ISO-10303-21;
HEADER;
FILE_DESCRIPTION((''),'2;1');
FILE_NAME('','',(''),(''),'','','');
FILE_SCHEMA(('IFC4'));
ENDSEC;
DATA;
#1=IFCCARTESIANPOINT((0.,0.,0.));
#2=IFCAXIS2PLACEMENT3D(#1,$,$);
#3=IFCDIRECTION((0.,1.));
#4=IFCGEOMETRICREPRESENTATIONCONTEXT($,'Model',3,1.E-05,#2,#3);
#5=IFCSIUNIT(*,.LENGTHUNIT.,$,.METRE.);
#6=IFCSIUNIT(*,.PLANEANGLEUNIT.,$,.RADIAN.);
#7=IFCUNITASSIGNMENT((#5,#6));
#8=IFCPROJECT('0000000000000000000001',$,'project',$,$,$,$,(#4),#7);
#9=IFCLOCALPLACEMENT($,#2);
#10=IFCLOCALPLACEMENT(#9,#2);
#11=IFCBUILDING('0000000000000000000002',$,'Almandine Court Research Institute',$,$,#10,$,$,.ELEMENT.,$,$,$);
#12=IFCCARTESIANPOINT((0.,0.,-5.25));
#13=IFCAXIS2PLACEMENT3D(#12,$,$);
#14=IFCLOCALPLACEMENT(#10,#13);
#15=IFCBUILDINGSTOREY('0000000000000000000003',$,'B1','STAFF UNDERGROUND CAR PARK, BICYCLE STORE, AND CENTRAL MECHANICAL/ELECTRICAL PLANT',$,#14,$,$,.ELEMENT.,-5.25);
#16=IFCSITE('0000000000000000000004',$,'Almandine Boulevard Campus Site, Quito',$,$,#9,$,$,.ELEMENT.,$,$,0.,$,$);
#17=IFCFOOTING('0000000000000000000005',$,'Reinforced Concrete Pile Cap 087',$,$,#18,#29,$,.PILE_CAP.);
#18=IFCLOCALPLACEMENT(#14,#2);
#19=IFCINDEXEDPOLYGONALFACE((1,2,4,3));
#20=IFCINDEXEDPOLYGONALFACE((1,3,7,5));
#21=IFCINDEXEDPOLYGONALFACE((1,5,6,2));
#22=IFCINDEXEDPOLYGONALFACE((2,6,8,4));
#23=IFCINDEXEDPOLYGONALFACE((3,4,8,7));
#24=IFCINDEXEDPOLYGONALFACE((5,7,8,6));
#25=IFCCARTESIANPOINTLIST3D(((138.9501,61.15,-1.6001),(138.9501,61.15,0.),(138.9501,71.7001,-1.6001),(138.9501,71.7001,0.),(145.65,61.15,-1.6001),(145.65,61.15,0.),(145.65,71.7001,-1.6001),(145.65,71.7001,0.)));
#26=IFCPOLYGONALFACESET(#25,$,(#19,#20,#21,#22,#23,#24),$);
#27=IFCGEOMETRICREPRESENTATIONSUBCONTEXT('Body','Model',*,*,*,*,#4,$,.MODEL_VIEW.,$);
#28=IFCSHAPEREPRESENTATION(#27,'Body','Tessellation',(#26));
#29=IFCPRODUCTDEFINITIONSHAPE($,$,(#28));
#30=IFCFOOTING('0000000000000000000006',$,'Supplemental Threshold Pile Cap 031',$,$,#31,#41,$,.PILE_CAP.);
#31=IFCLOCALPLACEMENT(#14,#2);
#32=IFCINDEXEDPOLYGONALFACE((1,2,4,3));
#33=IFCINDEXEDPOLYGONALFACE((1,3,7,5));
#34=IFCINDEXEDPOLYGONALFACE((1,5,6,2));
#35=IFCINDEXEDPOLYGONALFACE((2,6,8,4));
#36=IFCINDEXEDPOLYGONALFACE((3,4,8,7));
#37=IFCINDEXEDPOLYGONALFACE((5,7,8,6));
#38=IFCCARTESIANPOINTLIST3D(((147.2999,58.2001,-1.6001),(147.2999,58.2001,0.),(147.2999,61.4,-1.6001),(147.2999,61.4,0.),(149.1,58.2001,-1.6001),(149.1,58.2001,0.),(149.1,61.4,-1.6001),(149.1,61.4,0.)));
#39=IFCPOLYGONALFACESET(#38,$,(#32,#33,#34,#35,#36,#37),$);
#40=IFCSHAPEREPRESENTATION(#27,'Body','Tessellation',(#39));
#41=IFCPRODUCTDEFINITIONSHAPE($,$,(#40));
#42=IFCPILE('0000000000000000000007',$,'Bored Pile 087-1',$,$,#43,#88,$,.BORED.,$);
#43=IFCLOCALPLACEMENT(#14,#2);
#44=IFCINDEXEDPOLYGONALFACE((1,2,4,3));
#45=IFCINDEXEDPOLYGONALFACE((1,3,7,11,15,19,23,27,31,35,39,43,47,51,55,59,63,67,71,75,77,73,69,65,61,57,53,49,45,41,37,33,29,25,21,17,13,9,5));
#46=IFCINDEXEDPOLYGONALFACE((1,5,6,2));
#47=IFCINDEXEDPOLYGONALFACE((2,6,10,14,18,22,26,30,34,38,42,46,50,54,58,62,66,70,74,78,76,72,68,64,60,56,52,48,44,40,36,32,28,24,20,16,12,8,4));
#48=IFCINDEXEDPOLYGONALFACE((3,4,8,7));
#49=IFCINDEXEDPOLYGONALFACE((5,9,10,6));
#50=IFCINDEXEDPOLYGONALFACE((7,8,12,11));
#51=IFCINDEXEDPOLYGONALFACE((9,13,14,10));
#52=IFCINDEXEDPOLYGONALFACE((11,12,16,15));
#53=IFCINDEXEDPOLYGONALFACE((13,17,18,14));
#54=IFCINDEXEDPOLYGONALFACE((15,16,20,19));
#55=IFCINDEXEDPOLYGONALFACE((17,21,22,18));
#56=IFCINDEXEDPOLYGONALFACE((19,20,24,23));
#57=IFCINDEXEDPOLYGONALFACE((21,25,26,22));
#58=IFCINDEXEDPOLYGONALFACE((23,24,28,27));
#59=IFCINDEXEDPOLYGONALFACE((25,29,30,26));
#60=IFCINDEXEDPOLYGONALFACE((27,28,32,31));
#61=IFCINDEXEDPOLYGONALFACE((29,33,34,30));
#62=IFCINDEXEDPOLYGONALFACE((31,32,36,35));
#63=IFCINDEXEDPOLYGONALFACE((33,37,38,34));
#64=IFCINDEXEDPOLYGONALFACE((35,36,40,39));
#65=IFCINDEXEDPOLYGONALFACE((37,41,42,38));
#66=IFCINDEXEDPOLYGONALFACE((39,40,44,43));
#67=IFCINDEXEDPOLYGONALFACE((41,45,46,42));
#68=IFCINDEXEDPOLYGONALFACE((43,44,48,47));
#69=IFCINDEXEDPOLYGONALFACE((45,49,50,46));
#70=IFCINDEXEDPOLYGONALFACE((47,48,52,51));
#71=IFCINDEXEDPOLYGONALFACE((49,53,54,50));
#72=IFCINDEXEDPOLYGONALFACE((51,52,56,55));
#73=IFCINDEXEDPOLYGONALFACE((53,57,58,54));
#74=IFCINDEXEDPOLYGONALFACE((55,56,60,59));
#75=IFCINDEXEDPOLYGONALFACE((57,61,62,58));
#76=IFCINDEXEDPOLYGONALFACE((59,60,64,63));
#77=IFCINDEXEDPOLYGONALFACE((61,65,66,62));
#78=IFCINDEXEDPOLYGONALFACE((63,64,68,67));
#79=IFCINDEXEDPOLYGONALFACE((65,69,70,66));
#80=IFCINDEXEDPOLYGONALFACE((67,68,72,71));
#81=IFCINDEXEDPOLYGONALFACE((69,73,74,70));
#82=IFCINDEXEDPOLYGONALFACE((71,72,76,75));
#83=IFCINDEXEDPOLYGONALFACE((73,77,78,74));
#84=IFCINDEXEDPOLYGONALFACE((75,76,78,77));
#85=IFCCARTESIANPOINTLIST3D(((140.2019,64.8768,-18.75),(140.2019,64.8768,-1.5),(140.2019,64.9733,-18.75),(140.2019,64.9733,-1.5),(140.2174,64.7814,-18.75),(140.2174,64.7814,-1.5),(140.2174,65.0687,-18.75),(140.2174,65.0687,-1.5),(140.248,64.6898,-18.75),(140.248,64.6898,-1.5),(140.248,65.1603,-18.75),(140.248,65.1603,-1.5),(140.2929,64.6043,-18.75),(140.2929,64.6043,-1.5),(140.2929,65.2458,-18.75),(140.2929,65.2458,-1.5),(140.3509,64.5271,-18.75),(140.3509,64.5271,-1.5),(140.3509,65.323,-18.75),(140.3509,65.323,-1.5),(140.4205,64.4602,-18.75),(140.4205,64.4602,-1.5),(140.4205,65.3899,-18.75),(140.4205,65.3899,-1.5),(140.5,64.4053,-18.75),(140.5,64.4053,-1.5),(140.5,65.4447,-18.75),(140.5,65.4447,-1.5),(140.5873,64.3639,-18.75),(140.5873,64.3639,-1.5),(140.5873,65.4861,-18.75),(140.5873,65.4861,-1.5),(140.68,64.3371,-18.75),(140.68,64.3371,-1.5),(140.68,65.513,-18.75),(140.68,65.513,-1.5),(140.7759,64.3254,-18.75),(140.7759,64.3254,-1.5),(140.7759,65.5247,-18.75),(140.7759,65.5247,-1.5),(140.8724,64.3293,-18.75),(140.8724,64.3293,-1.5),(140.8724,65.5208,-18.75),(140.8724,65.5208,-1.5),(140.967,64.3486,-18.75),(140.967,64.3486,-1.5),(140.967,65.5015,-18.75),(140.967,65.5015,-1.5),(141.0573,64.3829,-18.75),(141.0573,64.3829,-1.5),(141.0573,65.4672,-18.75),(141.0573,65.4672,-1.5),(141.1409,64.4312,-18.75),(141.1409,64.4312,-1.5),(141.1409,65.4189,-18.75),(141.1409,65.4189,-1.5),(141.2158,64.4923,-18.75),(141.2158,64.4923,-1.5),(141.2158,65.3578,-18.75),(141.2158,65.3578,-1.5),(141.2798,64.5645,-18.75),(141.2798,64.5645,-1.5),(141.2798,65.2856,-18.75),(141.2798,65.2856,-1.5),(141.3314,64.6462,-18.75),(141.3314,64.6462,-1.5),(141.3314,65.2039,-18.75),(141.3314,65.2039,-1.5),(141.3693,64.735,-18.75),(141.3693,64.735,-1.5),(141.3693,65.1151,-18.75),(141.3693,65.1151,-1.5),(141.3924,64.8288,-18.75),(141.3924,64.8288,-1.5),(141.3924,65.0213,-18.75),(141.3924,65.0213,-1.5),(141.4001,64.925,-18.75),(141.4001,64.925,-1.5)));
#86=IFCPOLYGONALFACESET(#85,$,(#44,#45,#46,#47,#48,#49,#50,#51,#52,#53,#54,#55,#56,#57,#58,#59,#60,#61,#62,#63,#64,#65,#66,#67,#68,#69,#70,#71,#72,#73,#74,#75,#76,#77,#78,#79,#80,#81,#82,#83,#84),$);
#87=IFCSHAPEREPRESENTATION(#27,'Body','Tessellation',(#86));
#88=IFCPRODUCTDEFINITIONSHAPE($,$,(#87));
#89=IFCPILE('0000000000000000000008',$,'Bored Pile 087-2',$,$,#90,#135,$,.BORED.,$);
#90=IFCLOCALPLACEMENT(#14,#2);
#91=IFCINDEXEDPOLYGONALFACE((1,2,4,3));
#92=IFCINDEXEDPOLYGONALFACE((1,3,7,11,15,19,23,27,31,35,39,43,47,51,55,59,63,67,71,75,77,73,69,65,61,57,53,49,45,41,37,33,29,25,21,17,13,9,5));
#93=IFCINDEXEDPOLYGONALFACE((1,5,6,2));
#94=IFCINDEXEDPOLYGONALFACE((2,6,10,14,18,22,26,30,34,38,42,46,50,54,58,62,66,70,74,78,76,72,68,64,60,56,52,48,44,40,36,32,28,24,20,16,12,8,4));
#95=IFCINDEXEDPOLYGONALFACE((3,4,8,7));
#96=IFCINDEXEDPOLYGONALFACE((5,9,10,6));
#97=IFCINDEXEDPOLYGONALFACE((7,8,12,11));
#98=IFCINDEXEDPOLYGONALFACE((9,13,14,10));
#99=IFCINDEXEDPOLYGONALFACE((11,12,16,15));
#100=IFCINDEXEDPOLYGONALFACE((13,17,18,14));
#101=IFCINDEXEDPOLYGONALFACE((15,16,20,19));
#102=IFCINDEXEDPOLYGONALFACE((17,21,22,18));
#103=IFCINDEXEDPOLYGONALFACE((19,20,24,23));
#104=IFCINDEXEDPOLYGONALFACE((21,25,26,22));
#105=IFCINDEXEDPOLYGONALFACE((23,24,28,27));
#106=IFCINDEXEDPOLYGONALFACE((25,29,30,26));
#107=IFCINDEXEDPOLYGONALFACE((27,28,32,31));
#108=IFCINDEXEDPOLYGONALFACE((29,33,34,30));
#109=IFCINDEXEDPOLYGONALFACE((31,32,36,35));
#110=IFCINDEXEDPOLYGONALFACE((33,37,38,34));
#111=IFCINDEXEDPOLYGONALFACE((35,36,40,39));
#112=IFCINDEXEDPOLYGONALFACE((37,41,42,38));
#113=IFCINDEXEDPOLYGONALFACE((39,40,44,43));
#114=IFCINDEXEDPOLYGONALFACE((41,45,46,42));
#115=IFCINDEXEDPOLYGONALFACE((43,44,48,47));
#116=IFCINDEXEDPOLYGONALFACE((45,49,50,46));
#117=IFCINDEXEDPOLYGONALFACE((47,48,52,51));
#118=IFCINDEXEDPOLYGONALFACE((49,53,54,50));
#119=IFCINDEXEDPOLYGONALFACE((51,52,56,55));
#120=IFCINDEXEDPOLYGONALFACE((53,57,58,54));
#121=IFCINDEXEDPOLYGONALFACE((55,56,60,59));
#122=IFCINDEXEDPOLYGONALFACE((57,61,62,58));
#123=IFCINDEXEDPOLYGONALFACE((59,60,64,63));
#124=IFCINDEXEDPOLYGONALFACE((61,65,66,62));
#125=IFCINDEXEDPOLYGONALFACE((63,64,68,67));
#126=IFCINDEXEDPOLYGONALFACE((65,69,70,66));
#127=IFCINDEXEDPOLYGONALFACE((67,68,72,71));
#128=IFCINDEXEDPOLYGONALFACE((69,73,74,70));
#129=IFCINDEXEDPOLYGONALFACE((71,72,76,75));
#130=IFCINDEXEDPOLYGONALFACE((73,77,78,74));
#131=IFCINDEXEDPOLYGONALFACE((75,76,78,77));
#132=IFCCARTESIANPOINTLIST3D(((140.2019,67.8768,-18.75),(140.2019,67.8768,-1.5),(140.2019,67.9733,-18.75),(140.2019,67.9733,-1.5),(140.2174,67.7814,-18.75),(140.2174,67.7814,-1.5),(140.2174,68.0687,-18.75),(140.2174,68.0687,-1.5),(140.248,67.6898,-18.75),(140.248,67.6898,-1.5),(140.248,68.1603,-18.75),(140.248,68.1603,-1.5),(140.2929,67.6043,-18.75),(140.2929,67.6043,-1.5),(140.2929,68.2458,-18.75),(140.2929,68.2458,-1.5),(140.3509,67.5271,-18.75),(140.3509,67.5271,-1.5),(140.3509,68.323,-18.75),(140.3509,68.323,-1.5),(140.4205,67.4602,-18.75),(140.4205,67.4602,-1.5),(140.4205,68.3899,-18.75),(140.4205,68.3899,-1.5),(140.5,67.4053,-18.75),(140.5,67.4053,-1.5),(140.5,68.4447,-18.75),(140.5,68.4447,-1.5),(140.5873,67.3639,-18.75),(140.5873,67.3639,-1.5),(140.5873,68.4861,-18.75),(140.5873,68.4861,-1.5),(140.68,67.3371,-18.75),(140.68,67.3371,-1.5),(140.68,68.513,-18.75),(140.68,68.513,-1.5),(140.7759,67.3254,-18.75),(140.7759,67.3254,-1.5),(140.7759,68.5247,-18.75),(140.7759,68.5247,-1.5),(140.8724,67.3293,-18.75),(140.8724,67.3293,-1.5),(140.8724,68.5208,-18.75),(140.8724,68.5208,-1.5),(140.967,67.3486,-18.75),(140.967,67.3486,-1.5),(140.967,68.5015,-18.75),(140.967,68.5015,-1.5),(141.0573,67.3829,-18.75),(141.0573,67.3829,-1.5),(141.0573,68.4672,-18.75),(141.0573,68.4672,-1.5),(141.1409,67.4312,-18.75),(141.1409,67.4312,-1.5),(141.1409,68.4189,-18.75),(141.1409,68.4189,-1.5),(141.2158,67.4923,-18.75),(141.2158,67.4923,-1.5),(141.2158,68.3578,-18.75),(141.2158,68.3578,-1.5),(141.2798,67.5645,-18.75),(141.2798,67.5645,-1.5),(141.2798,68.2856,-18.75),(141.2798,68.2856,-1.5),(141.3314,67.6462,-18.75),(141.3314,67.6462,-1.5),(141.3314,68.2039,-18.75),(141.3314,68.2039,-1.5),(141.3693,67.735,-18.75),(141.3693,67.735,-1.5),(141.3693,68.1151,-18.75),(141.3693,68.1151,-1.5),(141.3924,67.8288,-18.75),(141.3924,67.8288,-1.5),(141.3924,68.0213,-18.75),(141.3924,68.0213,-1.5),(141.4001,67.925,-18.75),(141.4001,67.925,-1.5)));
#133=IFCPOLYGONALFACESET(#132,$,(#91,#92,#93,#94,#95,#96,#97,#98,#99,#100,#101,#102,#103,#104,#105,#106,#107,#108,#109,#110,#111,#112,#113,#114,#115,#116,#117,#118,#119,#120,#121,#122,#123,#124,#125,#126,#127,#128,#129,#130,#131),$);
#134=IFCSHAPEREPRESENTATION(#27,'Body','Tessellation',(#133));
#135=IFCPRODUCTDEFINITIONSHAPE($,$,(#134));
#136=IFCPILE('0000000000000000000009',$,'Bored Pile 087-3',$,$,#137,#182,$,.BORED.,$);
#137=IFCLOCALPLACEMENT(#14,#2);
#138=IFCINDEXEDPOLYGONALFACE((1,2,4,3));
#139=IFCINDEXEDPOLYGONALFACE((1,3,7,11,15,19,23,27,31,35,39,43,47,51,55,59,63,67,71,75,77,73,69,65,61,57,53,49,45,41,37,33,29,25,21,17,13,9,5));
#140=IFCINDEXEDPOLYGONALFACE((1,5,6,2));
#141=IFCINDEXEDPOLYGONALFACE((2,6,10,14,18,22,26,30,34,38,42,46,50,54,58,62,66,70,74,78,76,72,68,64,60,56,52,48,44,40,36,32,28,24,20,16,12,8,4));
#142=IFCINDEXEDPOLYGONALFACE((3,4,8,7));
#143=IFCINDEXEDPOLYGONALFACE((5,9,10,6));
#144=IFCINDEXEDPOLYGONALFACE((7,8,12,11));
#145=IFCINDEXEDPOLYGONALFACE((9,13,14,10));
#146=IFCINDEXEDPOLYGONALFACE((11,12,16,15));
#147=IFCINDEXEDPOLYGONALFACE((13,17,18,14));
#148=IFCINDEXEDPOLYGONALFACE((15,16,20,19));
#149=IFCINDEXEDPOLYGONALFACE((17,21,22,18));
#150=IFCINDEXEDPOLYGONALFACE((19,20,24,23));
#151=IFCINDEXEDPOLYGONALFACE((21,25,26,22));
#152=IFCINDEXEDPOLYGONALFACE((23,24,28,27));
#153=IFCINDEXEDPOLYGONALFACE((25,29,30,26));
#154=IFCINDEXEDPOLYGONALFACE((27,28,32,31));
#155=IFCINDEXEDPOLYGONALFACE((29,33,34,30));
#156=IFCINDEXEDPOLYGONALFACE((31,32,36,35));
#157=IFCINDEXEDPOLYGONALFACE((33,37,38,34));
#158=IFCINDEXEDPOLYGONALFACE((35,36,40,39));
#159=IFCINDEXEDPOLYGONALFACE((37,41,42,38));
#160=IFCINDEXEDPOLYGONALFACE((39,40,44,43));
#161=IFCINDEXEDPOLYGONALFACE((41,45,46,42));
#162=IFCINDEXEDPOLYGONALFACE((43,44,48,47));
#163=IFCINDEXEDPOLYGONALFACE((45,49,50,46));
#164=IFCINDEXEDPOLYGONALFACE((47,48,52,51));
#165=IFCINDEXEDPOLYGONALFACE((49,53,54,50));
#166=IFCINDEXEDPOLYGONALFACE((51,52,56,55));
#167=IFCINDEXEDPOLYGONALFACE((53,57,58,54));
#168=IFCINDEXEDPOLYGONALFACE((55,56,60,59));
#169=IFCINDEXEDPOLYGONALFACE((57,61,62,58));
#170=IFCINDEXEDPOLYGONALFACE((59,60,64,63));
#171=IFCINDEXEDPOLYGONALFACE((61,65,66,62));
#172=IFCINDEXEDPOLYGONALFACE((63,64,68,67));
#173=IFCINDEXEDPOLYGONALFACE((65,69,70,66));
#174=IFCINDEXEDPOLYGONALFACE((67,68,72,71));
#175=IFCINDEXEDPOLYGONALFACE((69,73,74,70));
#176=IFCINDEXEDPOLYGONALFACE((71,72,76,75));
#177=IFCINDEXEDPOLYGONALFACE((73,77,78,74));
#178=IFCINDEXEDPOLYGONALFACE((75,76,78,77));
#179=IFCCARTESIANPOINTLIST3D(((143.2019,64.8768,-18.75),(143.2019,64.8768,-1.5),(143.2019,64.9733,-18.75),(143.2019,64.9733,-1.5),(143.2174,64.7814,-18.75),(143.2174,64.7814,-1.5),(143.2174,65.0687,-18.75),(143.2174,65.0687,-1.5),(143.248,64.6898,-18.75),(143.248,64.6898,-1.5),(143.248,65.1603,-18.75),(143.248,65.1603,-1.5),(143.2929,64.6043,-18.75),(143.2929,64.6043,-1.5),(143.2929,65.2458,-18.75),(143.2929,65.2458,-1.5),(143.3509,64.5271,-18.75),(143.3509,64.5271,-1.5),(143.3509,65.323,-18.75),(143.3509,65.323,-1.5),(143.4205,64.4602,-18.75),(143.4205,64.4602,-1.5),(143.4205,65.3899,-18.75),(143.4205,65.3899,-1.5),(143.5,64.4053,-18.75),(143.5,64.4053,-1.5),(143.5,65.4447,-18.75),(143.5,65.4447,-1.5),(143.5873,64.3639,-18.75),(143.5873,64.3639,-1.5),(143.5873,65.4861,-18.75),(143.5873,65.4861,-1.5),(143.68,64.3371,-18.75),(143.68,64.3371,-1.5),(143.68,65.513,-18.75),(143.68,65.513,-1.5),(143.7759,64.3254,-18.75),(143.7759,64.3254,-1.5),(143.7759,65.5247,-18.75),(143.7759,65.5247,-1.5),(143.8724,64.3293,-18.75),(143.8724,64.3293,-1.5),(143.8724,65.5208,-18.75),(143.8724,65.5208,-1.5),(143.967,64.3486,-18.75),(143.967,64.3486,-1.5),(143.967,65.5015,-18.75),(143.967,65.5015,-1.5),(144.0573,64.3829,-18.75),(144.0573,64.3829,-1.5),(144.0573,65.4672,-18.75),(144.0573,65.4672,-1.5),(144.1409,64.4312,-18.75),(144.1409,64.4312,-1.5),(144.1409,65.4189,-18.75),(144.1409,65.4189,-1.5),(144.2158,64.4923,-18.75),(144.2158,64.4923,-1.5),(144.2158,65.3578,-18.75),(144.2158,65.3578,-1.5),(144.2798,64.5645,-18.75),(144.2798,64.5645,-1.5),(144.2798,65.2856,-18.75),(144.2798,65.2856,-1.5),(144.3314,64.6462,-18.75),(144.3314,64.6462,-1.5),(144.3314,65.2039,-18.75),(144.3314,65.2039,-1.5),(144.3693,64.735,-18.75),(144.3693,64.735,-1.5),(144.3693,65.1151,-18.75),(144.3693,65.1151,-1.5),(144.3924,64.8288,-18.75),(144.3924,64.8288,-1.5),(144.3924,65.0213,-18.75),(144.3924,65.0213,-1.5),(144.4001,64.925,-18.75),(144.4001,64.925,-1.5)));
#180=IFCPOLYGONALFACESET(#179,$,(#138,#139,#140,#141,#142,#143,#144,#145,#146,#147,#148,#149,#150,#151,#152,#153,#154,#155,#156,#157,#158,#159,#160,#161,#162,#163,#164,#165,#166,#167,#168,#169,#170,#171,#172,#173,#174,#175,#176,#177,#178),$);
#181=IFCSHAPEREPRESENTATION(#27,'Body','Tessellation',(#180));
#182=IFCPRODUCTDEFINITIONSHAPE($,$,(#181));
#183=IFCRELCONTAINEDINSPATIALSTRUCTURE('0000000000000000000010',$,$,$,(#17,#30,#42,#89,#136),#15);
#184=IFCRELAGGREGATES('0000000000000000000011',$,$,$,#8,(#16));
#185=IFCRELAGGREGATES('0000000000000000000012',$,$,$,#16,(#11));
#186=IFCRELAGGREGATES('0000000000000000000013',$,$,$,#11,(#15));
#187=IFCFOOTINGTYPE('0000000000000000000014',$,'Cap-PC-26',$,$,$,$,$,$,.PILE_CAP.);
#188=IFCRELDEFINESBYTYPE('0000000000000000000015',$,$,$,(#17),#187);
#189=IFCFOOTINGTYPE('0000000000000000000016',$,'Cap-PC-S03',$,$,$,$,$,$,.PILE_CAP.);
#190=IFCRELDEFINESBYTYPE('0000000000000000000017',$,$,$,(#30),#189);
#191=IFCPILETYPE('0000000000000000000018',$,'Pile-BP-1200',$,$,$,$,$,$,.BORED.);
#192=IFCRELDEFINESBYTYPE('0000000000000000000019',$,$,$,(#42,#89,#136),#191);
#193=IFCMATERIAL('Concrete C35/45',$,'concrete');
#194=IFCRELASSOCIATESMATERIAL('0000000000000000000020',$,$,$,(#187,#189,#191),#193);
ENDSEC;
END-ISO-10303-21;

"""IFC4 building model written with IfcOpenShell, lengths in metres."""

from ifc_helpers import new_model, si_unit, direction, frame, origin, origin_2d, place, context, subcontext, project, spatial, rectangle, circle, extrude, material, material_profile, profile_set, type_object, element, save


model = new_model("IFC4")

# Units and contexts
model_context = context("Model", 3, precision=1e-05, world=origin(), true_north=direction((0.0, 1.0)))
body_context = subcontext(model_context, "Body", "Model", "MODEL_VIEW")
ifc_project = project(units=[si_unit("LENGTHUNIT", "METRE"), si_unit("PLANEANGLEUNIT", "RADIAN")], contexts=[model_context])

# Site, building, storey
site_placement = place(None, origin())
site = spatial("IfcSite", under=ifc_project, at=site_placement, Name="Almandine Boulevard Campus Site, Quito", CompositionType="ELEMENT", RefElevation=0.0)
building_placement = place(site_placement, origin())
building = spatial("IfcBuilding", under=site, at=building_placement, Name="Almandine Court Research Institute", CompositionType="ELEMENT")
storey_placement = place(building_placement, frame((0.0, 0.0, -5.25)))
storey = spatial("IfcBuildingStorey", under=building, at=storey_placement, Name="B1", Description="STAFF UNDERGROUND CAR PARK, BICYCLE STORE, AND CENTRAL MECHANICAL/ELECTRICAL PLANT", CompositionType="ELEMENT", Elevation=-5.25)

# Footings
ifc_material_1 = material(Name="Concrete C35/45", Category="concrete")
footing_type_1 = type_object("IfcFootingType", Name="Cap-PC-26", PredefinedType="PILE_CAP", material=ifc_material_1)
footing_1_placement = place(storey_placement, frame((142.3, 66.425, -1.6001), z_axis=(0.0, 0.0, 1.0), x_axis=(1.0, 0.0, 0.0)))
element("IfcFooting", 1, at=footing_1_placement, inside=storey, type_object=footing_type_1, Name="Reinforced Concrete Pile Cap 087", PredefinedType="PILE_CAP", context=body_context, shape_type="SweptSolid", body=[
    extrude(rectangle(XDim=6.7, YDim=10.55, at=origin_2d()), origin(), (0.0, 0.0, 1.0), 1.6001),
])
footing_type_2 = type_object("IfcFootingType", Name="Cap-PC-S03", PredefinedType="PILE_CAP", material=ifc_material_1)
footing_2_placement = place(storey_placement, frame((148.2, 59.8, -1.6001), z_axis=(0.0, 0.0, 1.0), x_axis=(1.0, 0.0, 0.0)))
element("IfcFooting", 2, at=footing_2_placement, inside=storey, type_object=footing_type_2, Name="Supplemental Threshold Pile Cap 031", PredefinedType="PILE_CAP", context=body_context, shape_type="SweptSolid", body=[
    extrude(rectangle(XDim=1.8, YDim=3.2, at=origin_2d()), origin(), (0.0, 0.0, 1.0), 1.6001),
])

# Piles
ifc_material_profile_1 = material_profile(ifc_material_1, circle(Radius=0.6001, at=origin_2d()), Name="BORED PILE D1200")
ifc_profile_set_1 = profile_set([ifc_material_profile_1], Name="Concrete C35/45")
pile_type_1 = type_object("IfcPileType", Name="Pile-BP-1200", PredefinedType="BORED", material=ifc_profile_set_1)
for number, where, z_axis, x_axis, name in (
    (3, (140.8, 64.925, -1.5), (0.0, 0.0, -1.0), (1.0, 0.0, 0.0), "Bored Pile 087-1"),
    (4, (140.8, 67.925, -1.5), (0.0, 0.0, -1.0), (1.0, 0.0, 0.0), "Bored Pile 087-2"),
    (5, (143.8, 64.925, -1.5), (0.0, 0.0, -1.0), (1.0, 0.0, 0.0), "Bored Pile 087-3"),
):
    element("IfcPile", number, at=place(storey_placement, frame(where, z_axis=z_axis, x_axis=x_axis)), inside=storey, type_object=pile_type_1, Name=name, PredefinedType="BORED", context=body_context, shape_type="SweptSolid", body=[
        extrude(circle(Radius=0.6001, at=origin_2d()), origin(), (0.0, 0.0, 1.0), 17.25),
    ])

save(model, "model.ifc")
